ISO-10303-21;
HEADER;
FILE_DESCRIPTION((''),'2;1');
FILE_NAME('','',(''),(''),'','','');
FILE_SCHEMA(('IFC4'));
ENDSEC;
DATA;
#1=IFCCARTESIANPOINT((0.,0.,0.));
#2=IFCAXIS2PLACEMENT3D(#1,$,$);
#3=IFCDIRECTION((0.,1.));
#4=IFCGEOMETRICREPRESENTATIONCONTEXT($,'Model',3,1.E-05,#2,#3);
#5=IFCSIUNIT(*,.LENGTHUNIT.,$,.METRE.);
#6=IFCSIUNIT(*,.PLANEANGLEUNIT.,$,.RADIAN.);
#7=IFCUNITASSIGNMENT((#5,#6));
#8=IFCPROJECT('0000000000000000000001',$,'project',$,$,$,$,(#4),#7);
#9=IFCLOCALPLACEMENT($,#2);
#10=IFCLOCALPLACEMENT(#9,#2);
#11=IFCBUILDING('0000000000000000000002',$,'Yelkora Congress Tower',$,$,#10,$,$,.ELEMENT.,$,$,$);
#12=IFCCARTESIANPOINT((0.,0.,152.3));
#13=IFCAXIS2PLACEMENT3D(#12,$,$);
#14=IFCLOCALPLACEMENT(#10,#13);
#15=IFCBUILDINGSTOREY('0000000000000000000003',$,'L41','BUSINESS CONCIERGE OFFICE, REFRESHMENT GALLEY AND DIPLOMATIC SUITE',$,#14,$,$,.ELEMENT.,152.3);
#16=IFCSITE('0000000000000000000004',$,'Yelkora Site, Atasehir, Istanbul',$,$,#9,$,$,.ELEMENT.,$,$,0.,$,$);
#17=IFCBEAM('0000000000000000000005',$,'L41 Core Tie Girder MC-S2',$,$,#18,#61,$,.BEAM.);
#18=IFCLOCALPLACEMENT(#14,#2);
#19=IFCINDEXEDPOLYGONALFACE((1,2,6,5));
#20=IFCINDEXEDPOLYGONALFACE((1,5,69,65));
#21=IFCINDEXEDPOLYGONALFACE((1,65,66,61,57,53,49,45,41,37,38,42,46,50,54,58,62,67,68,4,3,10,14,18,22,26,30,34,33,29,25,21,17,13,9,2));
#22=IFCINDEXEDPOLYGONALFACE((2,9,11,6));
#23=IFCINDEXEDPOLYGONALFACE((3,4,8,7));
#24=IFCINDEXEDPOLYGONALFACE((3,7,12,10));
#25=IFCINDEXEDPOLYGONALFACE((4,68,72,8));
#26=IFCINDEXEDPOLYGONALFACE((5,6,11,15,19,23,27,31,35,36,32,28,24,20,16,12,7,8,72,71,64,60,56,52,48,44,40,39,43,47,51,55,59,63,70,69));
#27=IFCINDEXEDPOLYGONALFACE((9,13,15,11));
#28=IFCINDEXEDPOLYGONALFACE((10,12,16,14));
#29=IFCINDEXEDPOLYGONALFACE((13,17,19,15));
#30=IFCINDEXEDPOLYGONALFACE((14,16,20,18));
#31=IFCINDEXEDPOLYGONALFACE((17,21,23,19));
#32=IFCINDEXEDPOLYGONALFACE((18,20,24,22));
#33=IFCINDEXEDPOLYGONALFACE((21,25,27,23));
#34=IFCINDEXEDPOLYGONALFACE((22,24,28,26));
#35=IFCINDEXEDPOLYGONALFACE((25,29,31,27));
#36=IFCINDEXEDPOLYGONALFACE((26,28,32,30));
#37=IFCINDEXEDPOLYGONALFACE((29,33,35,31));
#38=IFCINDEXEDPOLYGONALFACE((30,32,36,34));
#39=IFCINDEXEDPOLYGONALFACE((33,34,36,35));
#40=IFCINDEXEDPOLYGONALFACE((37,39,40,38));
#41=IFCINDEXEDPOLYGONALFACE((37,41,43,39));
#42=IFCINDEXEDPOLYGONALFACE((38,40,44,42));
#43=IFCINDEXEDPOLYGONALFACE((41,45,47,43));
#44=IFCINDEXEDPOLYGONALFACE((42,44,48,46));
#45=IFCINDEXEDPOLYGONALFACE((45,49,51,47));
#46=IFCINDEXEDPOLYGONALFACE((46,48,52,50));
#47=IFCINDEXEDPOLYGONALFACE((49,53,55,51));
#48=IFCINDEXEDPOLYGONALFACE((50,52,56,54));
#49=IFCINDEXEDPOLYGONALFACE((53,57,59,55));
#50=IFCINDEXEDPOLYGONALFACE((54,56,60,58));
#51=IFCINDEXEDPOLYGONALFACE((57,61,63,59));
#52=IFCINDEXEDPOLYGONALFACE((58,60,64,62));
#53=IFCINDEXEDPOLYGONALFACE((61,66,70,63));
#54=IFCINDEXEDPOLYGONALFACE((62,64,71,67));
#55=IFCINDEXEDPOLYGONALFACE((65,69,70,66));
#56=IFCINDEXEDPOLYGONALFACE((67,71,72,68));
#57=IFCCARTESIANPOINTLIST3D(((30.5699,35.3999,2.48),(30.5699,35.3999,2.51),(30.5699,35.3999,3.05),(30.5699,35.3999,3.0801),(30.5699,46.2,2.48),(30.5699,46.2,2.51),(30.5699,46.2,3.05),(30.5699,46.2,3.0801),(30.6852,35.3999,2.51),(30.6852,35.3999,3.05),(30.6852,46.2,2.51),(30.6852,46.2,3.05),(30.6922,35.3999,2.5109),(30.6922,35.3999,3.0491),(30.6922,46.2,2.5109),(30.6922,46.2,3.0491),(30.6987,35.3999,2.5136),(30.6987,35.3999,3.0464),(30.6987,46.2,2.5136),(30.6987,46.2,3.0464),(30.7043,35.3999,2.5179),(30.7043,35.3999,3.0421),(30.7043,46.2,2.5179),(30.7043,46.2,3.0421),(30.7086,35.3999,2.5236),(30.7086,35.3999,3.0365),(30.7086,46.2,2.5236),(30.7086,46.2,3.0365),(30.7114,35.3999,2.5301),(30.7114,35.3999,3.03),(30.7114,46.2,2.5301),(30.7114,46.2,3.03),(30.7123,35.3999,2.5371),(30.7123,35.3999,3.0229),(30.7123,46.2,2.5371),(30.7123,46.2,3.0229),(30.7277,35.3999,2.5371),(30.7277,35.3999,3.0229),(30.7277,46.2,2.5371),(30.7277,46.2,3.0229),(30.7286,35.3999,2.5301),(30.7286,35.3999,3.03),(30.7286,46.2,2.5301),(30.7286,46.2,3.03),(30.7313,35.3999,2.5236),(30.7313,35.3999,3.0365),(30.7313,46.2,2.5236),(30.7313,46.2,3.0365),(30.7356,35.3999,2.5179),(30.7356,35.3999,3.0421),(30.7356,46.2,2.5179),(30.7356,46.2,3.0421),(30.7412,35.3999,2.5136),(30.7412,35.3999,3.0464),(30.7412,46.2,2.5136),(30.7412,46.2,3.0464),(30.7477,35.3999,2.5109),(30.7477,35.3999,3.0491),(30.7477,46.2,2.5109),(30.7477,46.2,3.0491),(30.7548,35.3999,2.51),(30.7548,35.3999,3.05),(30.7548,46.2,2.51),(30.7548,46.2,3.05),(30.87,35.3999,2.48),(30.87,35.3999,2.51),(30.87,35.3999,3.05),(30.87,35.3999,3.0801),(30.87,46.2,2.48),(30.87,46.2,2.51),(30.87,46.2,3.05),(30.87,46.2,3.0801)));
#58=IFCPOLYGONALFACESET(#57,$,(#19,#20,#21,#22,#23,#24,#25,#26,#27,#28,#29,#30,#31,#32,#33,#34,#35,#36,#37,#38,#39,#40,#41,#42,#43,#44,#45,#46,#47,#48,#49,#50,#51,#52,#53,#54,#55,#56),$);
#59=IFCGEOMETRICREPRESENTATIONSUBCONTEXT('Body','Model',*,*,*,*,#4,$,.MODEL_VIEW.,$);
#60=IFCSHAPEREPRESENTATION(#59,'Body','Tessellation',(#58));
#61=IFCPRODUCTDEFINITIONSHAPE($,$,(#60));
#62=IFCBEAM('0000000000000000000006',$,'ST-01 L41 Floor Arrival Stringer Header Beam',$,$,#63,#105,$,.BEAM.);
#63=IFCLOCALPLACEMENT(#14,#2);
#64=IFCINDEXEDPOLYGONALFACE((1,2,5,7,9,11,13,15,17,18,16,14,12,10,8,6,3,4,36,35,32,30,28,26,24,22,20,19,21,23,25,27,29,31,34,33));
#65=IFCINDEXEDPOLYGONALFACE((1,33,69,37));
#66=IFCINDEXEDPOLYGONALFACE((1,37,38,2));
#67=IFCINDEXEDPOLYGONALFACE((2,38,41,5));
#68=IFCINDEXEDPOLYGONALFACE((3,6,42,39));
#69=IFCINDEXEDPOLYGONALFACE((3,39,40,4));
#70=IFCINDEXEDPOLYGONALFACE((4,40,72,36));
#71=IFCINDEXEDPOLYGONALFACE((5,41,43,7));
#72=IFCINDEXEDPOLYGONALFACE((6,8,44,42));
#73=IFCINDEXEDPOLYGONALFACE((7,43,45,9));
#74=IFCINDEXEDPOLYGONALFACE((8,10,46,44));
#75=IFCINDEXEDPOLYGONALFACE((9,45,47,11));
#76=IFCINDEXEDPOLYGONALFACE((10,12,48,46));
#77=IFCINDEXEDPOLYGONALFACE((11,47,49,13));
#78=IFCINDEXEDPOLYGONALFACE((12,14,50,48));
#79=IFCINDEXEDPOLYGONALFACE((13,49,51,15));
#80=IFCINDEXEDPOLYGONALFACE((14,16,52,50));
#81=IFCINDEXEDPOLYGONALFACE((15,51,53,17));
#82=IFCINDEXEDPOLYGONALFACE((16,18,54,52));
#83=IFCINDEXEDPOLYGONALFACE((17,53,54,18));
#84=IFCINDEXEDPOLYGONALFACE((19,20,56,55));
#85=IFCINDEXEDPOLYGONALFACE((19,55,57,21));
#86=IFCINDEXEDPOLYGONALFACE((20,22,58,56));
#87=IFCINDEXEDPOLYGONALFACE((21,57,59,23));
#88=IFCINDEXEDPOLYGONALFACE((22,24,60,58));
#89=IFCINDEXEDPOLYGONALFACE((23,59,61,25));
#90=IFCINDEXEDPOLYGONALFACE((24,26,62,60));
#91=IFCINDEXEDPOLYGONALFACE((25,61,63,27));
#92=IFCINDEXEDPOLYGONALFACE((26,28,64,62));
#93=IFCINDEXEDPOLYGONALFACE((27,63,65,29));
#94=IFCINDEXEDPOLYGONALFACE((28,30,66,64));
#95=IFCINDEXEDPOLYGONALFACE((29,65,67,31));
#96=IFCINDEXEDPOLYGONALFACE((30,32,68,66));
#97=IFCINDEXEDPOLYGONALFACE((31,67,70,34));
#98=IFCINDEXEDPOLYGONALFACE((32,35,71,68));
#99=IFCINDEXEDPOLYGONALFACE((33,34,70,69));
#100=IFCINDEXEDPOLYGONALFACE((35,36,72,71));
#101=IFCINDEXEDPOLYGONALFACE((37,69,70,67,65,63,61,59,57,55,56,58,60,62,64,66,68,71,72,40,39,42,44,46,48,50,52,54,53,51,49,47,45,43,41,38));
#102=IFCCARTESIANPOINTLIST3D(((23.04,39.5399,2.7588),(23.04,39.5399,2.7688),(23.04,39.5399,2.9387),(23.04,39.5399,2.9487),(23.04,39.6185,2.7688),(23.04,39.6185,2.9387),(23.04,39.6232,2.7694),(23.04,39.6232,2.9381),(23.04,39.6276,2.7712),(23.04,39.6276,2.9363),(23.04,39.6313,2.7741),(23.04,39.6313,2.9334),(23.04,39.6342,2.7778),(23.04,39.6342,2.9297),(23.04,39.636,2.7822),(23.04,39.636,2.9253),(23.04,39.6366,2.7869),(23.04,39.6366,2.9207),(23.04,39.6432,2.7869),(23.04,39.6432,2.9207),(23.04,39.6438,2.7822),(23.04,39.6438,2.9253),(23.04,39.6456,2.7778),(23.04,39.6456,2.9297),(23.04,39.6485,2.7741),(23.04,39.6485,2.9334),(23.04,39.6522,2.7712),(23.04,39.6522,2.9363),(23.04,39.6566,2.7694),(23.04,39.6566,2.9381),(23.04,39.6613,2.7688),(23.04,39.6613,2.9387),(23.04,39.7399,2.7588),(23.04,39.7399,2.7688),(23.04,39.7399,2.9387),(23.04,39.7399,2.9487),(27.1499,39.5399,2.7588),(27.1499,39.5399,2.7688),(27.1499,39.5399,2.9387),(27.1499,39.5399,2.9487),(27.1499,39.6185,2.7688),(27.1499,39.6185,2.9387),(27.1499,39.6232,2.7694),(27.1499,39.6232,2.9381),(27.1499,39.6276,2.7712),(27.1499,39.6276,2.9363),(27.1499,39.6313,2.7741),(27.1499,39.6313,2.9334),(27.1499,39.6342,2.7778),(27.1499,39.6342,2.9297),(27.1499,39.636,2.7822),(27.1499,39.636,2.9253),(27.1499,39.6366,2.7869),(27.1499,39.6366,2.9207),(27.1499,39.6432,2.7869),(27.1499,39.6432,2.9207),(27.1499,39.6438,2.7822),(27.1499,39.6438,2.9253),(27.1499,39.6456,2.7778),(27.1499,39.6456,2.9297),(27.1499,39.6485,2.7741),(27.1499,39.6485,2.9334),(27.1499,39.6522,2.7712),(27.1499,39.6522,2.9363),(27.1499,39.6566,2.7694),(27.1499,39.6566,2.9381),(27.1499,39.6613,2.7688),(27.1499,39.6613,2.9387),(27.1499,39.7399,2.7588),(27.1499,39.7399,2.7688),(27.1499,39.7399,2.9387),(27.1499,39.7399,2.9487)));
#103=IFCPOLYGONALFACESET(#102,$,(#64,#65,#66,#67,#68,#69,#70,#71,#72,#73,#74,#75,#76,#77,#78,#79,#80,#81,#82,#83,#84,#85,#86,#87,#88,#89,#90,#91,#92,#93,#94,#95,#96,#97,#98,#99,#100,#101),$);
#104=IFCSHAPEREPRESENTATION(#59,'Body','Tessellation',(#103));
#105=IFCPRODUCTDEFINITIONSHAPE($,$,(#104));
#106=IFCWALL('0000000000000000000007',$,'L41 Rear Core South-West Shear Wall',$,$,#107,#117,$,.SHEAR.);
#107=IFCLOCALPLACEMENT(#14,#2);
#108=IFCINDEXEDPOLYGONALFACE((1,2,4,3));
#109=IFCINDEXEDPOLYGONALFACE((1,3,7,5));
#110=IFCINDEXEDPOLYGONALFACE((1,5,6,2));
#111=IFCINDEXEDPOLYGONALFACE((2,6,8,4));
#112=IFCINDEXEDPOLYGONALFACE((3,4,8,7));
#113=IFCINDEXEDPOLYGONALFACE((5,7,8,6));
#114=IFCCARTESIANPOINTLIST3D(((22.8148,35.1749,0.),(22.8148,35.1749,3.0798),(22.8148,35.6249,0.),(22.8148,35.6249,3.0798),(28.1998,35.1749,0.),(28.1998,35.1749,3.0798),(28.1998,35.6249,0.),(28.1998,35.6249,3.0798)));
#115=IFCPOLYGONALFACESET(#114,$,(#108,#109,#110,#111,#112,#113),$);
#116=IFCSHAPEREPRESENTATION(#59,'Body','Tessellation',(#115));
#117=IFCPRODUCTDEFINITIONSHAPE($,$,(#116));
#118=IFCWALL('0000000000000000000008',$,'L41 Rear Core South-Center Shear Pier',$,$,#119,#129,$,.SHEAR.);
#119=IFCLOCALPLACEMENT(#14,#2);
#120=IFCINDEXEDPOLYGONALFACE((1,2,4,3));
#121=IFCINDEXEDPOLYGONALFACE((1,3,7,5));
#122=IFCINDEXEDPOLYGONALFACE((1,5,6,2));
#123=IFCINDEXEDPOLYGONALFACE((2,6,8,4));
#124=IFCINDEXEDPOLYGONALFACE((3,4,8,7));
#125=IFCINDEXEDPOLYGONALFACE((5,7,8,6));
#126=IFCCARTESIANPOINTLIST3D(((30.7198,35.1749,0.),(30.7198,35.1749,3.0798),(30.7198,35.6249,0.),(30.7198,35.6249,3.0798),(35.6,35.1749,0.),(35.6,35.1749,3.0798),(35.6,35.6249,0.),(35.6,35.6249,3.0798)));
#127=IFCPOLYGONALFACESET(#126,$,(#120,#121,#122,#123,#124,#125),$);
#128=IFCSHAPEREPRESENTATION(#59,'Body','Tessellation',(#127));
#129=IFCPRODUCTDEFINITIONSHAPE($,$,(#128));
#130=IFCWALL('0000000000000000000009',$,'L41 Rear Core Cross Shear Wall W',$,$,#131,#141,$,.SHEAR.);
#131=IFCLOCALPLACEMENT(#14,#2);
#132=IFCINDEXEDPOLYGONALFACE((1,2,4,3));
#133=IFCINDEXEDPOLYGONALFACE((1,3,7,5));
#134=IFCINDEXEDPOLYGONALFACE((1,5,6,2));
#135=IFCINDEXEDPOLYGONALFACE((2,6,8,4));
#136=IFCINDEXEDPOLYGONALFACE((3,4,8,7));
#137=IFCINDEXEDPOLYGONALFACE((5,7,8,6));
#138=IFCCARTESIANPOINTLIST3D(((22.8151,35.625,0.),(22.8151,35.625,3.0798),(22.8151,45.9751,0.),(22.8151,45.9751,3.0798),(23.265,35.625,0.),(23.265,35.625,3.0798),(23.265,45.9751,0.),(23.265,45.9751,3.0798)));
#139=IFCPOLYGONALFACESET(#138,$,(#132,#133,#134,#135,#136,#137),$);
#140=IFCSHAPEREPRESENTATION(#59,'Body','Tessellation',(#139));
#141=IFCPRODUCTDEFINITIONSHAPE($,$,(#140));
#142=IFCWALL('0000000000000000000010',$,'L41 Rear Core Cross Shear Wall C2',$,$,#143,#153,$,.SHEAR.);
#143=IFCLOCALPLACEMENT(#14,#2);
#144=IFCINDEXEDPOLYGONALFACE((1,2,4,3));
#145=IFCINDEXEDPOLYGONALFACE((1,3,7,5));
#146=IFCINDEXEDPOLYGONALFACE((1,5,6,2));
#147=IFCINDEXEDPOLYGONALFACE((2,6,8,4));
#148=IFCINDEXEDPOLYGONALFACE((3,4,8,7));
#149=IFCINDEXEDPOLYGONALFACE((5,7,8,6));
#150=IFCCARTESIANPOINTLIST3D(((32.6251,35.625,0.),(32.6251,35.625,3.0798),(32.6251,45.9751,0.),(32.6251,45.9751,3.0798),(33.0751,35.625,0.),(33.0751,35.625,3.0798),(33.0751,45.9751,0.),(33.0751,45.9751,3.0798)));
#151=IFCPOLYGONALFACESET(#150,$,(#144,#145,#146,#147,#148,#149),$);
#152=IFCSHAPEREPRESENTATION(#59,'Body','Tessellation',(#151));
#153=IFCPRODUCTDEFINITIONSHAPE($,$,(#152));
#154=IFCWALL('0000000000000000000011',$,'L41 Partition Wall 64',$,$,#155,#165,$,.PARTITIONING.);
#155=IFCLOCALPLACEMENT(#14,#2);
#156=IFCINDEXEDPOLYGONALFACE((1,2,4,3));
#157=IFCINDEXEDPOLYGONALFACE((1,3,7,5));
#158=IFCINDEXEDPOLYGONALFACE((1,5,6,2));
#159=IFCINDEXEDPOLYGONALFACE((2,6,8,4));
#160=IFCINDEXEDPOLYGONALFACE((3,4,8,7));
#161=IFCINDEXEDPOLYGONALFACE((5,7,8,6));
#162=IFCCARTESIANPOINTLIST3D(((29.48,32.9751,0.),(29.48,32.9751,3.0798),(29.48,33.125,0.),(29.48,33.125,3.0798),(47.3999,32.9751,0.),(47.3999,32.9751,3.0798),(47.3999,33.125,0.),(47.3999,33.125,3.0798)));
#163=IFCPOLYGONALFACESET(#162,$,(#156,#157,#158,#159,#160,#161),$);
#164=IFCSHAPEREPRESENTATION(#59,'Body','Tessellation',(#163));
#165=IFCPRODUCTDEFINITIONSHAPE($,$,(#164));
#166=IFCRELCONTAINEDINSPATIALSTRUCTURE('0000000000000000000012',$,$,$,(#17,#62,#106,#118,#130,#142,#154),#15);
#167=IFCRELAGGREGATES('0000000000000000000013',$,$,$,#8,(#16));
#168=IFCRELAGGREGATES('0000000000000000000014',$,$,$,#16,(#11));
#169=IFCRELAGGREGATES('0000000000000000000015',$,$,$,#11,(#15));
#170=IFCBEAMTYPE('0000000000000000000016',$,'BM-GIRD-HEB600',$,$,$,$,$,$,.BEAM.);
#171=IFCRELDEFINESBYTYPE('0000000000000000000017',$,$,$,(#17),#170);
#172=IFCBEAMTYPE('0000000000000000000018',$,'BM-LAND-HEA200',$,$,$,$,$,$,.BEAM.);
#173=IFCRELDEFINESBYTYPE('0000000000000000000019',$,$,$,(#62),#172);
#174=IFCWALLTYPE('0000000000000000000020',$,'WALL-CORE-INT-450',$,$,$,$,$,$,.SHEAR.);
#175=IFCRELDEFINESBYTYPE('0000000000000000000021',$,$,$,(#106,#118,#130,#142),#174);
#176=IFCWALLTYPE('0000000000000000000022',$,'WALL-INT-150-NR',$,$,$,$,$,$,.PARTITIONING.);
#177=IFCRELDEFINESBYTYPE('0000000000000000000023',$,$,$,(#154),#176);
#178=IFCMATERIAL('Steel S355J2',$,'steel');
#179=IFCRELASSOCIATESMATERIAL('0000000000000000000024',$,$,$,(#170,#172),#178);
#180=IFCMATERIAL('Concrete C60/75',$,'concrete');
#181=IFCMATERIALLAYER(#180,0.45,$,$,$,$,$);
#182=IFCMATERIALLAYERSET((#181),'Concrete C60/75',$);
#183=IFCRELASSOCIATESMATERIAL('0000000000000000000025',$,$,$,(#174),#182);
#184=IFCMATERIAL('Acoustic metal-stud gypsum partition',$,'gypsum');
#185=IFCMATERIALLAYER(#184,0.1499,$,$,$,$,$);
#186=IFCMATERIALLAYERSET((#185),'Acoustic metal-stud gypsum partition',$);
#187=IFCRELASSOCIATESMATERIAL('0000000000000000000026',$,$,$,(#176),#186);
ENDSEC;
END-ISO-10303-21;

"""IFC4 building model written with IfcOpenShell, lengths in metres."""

from ifc_helpers import new_model, si_unit, direction, frame, frame_2d, origin, origin_2d, place, context, subcontext, project, spatial, rectangle, i_section, extrude, material, layer, layer_set, material_profile, profile_set, type_object, element, save


model = new_model("IFC4")

# Units and contexts
model_context = context("Model", 3, precision=1e-05, world=origin(), true_north=direction((0.0, 1.0)))
body_context = subcontext(model_context, "Body", "Model", "MODEL_VIEW")
ifc_project = project(units=[si_unit("LENGTHUNIT", "METRE"), si_unit("PLANEANGLEUNIT", "RADIAN")], contexts=[model_context])

# Site, building, storey
site_placement = place(None, origin())
site = spatial("IfcSite", under=ifc_project, at=site_placement, Name="Yelkora Site, Atasehir, Istanbul", CompositionType="ELEMENT", RefElevation=0.0)
building_placement = place(site_placement, origin())
building = spatial("IfcBuilding", under=site, at=building_placement, Name="Yelkora Congress Tower", CompositionType="ELEMENT")
storey_placement = place(building_placement, frame((0.0, 0.0, 152.3)))
storey = spatial("IfcBuildingStorey", under=building, at=storey_placement, Name="L41", Description="BUSINESS CONCIERGE OFFICE, REFRESHMENT GALLEY AND DIPLOMATIC SUITE", CompositionType="ELEMENT", Elevation=152.3)

# Beams
ifc_material_1 = material(Name="Steel S355J2", Category="steel")
ifc_material_profile_1 = material_profile(ifc_material_1, i_section(OverallWidth=0.3, OverallDepth=0.6001, WebThickness=0.0154, FlangeThickness=0.03, FilletRadius=0.0271, at=origin_2d()), Name="HEB 600")
ifc_profile_set_1 = profile_set([ifc_material_profile_1], Name="Steel S355J2")
beam_type_1 = type_object("IfcBeamType", Name="BM-GIRD-HEB600", PredefinedType="BEAM", material=ifc_profile_set_1)
beam_1_placement = place(storey_placement, frame((30.72, 35.3999, 2.78), z_axis=(0.0, 1.0, 0.0), x_axis=(-1.0, 0.0, 0.0)))
element("IfcBeam", 1, at=beam_1_placement, inside=storey, type_object=beam_type_1, Name="L41 Core Tie Girder MC-S2", PredefinedType="BEAM", context=body_context, shape_type="SweptSolid", body=[
    extrude(i_section(OverallWidth=0.3, OverallDepth=0.6001, WebThickness=0.0154, FlangeThickness=0.03, FilletRadius=0.0271, at=origin_2d()), origin(), (0.0, 0.0, 1.0), 10.8),
])
ifc_material_profile_2 = material_profile(ifc_material_1, i_section(OverallWidth=0.2, OverallDepth=0.1899, WebThickness=0.0066, FlangeThickness=0.01, FilletRadius=0.0181, at=origin_2d()), Name="HEA 200")
ifc_profile_set_2 = profile_set([ifc_material_profile_2], Name="Steel S355J2")
beam_type_2 = type_object("IfcBeamType", Name="BM-LAND-HEA200", PredefinedType="BEAM", material=ifc_profile_set_2)
beam_2_placement = place(storey_placement, frame((23.04, 39.6399, 2.8538), z_axis=(1.0, 0.0, 0.0), x_axis=(0.0, 1.0, 0.0)))
element("IfcBeam", 2, at=beam_2_placement, inside=storey, type_object=beam_type_2, Name="ST-01 L41 Floor Arrival Stringer Header Beam", PredefinedType="BEAM", context=body_context, shape_type="SweptSolid", body=[
    extrude(i_section(OverallWidth=0.2, OverallDepth=0.1899, WebThickness=0.0066, FlangeThickness=0.01, FilletRadius=0.0181, at=origin_2d()), origin(), (0.0, 0.0, 1.0), 4.1099),
])

# Walls
ifc_material_2 = material(Name="Concrete C60/75", Category="concrete")
ifc_layer_1 = layer(ifc_material_2, 0.45)
ifc_layer_set_1 = layer_set([ifc_layer_1], Name="Concrete C60/75")
wall_type_1 = type_object("IfcWallType", Name="WALL-CORE-INT-450", PredefinedType="SHEAR", material=ifc_layer_set_1)
wall_1_placement = place(storey_placement, frame((22.8149, 35.3999, 0.0), z_axis=(0.0, 0.0, 1.0), x_axis=(1.0, 0.0, 0.0)))
element("IfcWall", 3, at=wall_1_placement, inside=storey, type_object=wall_type_1, Name="L41 Rear Core South-West Shear Wall", PredefinedType="SHEAR", context=body_context, shape_type="SweptSolid", body=[
    extrude(rectangle(XDim=5.385, YDim=0.45, at=frame_2d((2.6924, 0.0))), origin(), (0.0, 0.0, 1.0), 3.0798),
])
wall_2_placement = place(storey_placement, frame((30.72, 35.3999, 0.0), z_axis=(0.0, 0.0, 1.0), x_axis=(1.0, 0.0, 0.0)))
element("IfcWall", 4, at=wall_2_placement, inside=storey, type_object=wall_type_1, Name="L41 Rear Core South-Center Shear Pier", PredefinedType="SHEAR", context=body_context, shape_type="SweptSolid", body=[
    extrude(rectangle(XDim=4.8801, YDim=0.45, at=frame_2d((2.4399, 0.0))), origin(), (0.0, 0.0, 1.0), 3.0798),
])
wall_3_placement = place(storey_placement, frame((23.04, 35.625, 0.0), z_axis=(0.0, 0.0, 1.0), x_axis=(0.0, 1.0, 0.0)))
element("IfcWall", 5, at=wall_3_placement, inside=storey, type_object=wall_type_1, Name="L41 Rear Core Cross Shear Wall W", PredefinedType="SHEAR", context=body_context, shape_type="SweptSolid", body=[
    extrude(rectangle(XDim=10.3501, YDim=0.45, at=frame_2d((5.175, 0.0))), origin(), (0.0, 0.0, 1.0), 3.0798),
])

# Walls
wall_4_placement = place(storey_placement, frame((32.8501, 35.625, 0.0), z_axis=(0.0, 0.0, 1.0), x_axis=(0.0, 1.0, 0.0)))
element("IfcWall", 6, at=wall_4_placement, inside=storey, type_object=wall_type_1, Name="L41 Rear Core Cross Shear Wall C2", PredefinedType="SHEAR", context=body_context, shape_type="SweptSolid", body=[
    extrude(rectangle(XDim=10.3501, YDim=0.45, at=frame_2d((5.175, 0.0))), origin(), (0.0, 0.0, 1.0), 3.0798),
])
ifc_material_3 = material(Name="Acoustic metal-stud gypsum partition", Category="gypsum")
ifc_layer_2 = layer(ifc_material_3, 0.1499)
ifc_layer_set_2 = layer_set([ifc_layer_2], Name="Acoustic metal-stud gypsum partition")
wall_type_2 = type_object("IfcWallType", Name="WALL-INT-150-NR", PredefinedType="PARTITIONING", material=ifc_layer_set_2)
wall_5_placement = place(storey_placement, frame((29.48, 33.05, 0.0), z_axis=(0.0, 0.0, 1.0), x_axis=(1.0, 0.0, 0.0)))
element("IfcWall", 7, at=wall_5_placement, inside=storey, type_object=wall_type_2, Name="L41 Partition Wall 64", PredefinedType="PARTITIONING", context=body_context, shape_type="SweptSolid", body=[
    extrude(rectangle(XDim=17.9199, YDim=0.1499, at=frame_2d((8.96, 0.0))), origin(), (0.0, 0.0, 1.0), 3.0798),
])

save(model, "model.ifc")
